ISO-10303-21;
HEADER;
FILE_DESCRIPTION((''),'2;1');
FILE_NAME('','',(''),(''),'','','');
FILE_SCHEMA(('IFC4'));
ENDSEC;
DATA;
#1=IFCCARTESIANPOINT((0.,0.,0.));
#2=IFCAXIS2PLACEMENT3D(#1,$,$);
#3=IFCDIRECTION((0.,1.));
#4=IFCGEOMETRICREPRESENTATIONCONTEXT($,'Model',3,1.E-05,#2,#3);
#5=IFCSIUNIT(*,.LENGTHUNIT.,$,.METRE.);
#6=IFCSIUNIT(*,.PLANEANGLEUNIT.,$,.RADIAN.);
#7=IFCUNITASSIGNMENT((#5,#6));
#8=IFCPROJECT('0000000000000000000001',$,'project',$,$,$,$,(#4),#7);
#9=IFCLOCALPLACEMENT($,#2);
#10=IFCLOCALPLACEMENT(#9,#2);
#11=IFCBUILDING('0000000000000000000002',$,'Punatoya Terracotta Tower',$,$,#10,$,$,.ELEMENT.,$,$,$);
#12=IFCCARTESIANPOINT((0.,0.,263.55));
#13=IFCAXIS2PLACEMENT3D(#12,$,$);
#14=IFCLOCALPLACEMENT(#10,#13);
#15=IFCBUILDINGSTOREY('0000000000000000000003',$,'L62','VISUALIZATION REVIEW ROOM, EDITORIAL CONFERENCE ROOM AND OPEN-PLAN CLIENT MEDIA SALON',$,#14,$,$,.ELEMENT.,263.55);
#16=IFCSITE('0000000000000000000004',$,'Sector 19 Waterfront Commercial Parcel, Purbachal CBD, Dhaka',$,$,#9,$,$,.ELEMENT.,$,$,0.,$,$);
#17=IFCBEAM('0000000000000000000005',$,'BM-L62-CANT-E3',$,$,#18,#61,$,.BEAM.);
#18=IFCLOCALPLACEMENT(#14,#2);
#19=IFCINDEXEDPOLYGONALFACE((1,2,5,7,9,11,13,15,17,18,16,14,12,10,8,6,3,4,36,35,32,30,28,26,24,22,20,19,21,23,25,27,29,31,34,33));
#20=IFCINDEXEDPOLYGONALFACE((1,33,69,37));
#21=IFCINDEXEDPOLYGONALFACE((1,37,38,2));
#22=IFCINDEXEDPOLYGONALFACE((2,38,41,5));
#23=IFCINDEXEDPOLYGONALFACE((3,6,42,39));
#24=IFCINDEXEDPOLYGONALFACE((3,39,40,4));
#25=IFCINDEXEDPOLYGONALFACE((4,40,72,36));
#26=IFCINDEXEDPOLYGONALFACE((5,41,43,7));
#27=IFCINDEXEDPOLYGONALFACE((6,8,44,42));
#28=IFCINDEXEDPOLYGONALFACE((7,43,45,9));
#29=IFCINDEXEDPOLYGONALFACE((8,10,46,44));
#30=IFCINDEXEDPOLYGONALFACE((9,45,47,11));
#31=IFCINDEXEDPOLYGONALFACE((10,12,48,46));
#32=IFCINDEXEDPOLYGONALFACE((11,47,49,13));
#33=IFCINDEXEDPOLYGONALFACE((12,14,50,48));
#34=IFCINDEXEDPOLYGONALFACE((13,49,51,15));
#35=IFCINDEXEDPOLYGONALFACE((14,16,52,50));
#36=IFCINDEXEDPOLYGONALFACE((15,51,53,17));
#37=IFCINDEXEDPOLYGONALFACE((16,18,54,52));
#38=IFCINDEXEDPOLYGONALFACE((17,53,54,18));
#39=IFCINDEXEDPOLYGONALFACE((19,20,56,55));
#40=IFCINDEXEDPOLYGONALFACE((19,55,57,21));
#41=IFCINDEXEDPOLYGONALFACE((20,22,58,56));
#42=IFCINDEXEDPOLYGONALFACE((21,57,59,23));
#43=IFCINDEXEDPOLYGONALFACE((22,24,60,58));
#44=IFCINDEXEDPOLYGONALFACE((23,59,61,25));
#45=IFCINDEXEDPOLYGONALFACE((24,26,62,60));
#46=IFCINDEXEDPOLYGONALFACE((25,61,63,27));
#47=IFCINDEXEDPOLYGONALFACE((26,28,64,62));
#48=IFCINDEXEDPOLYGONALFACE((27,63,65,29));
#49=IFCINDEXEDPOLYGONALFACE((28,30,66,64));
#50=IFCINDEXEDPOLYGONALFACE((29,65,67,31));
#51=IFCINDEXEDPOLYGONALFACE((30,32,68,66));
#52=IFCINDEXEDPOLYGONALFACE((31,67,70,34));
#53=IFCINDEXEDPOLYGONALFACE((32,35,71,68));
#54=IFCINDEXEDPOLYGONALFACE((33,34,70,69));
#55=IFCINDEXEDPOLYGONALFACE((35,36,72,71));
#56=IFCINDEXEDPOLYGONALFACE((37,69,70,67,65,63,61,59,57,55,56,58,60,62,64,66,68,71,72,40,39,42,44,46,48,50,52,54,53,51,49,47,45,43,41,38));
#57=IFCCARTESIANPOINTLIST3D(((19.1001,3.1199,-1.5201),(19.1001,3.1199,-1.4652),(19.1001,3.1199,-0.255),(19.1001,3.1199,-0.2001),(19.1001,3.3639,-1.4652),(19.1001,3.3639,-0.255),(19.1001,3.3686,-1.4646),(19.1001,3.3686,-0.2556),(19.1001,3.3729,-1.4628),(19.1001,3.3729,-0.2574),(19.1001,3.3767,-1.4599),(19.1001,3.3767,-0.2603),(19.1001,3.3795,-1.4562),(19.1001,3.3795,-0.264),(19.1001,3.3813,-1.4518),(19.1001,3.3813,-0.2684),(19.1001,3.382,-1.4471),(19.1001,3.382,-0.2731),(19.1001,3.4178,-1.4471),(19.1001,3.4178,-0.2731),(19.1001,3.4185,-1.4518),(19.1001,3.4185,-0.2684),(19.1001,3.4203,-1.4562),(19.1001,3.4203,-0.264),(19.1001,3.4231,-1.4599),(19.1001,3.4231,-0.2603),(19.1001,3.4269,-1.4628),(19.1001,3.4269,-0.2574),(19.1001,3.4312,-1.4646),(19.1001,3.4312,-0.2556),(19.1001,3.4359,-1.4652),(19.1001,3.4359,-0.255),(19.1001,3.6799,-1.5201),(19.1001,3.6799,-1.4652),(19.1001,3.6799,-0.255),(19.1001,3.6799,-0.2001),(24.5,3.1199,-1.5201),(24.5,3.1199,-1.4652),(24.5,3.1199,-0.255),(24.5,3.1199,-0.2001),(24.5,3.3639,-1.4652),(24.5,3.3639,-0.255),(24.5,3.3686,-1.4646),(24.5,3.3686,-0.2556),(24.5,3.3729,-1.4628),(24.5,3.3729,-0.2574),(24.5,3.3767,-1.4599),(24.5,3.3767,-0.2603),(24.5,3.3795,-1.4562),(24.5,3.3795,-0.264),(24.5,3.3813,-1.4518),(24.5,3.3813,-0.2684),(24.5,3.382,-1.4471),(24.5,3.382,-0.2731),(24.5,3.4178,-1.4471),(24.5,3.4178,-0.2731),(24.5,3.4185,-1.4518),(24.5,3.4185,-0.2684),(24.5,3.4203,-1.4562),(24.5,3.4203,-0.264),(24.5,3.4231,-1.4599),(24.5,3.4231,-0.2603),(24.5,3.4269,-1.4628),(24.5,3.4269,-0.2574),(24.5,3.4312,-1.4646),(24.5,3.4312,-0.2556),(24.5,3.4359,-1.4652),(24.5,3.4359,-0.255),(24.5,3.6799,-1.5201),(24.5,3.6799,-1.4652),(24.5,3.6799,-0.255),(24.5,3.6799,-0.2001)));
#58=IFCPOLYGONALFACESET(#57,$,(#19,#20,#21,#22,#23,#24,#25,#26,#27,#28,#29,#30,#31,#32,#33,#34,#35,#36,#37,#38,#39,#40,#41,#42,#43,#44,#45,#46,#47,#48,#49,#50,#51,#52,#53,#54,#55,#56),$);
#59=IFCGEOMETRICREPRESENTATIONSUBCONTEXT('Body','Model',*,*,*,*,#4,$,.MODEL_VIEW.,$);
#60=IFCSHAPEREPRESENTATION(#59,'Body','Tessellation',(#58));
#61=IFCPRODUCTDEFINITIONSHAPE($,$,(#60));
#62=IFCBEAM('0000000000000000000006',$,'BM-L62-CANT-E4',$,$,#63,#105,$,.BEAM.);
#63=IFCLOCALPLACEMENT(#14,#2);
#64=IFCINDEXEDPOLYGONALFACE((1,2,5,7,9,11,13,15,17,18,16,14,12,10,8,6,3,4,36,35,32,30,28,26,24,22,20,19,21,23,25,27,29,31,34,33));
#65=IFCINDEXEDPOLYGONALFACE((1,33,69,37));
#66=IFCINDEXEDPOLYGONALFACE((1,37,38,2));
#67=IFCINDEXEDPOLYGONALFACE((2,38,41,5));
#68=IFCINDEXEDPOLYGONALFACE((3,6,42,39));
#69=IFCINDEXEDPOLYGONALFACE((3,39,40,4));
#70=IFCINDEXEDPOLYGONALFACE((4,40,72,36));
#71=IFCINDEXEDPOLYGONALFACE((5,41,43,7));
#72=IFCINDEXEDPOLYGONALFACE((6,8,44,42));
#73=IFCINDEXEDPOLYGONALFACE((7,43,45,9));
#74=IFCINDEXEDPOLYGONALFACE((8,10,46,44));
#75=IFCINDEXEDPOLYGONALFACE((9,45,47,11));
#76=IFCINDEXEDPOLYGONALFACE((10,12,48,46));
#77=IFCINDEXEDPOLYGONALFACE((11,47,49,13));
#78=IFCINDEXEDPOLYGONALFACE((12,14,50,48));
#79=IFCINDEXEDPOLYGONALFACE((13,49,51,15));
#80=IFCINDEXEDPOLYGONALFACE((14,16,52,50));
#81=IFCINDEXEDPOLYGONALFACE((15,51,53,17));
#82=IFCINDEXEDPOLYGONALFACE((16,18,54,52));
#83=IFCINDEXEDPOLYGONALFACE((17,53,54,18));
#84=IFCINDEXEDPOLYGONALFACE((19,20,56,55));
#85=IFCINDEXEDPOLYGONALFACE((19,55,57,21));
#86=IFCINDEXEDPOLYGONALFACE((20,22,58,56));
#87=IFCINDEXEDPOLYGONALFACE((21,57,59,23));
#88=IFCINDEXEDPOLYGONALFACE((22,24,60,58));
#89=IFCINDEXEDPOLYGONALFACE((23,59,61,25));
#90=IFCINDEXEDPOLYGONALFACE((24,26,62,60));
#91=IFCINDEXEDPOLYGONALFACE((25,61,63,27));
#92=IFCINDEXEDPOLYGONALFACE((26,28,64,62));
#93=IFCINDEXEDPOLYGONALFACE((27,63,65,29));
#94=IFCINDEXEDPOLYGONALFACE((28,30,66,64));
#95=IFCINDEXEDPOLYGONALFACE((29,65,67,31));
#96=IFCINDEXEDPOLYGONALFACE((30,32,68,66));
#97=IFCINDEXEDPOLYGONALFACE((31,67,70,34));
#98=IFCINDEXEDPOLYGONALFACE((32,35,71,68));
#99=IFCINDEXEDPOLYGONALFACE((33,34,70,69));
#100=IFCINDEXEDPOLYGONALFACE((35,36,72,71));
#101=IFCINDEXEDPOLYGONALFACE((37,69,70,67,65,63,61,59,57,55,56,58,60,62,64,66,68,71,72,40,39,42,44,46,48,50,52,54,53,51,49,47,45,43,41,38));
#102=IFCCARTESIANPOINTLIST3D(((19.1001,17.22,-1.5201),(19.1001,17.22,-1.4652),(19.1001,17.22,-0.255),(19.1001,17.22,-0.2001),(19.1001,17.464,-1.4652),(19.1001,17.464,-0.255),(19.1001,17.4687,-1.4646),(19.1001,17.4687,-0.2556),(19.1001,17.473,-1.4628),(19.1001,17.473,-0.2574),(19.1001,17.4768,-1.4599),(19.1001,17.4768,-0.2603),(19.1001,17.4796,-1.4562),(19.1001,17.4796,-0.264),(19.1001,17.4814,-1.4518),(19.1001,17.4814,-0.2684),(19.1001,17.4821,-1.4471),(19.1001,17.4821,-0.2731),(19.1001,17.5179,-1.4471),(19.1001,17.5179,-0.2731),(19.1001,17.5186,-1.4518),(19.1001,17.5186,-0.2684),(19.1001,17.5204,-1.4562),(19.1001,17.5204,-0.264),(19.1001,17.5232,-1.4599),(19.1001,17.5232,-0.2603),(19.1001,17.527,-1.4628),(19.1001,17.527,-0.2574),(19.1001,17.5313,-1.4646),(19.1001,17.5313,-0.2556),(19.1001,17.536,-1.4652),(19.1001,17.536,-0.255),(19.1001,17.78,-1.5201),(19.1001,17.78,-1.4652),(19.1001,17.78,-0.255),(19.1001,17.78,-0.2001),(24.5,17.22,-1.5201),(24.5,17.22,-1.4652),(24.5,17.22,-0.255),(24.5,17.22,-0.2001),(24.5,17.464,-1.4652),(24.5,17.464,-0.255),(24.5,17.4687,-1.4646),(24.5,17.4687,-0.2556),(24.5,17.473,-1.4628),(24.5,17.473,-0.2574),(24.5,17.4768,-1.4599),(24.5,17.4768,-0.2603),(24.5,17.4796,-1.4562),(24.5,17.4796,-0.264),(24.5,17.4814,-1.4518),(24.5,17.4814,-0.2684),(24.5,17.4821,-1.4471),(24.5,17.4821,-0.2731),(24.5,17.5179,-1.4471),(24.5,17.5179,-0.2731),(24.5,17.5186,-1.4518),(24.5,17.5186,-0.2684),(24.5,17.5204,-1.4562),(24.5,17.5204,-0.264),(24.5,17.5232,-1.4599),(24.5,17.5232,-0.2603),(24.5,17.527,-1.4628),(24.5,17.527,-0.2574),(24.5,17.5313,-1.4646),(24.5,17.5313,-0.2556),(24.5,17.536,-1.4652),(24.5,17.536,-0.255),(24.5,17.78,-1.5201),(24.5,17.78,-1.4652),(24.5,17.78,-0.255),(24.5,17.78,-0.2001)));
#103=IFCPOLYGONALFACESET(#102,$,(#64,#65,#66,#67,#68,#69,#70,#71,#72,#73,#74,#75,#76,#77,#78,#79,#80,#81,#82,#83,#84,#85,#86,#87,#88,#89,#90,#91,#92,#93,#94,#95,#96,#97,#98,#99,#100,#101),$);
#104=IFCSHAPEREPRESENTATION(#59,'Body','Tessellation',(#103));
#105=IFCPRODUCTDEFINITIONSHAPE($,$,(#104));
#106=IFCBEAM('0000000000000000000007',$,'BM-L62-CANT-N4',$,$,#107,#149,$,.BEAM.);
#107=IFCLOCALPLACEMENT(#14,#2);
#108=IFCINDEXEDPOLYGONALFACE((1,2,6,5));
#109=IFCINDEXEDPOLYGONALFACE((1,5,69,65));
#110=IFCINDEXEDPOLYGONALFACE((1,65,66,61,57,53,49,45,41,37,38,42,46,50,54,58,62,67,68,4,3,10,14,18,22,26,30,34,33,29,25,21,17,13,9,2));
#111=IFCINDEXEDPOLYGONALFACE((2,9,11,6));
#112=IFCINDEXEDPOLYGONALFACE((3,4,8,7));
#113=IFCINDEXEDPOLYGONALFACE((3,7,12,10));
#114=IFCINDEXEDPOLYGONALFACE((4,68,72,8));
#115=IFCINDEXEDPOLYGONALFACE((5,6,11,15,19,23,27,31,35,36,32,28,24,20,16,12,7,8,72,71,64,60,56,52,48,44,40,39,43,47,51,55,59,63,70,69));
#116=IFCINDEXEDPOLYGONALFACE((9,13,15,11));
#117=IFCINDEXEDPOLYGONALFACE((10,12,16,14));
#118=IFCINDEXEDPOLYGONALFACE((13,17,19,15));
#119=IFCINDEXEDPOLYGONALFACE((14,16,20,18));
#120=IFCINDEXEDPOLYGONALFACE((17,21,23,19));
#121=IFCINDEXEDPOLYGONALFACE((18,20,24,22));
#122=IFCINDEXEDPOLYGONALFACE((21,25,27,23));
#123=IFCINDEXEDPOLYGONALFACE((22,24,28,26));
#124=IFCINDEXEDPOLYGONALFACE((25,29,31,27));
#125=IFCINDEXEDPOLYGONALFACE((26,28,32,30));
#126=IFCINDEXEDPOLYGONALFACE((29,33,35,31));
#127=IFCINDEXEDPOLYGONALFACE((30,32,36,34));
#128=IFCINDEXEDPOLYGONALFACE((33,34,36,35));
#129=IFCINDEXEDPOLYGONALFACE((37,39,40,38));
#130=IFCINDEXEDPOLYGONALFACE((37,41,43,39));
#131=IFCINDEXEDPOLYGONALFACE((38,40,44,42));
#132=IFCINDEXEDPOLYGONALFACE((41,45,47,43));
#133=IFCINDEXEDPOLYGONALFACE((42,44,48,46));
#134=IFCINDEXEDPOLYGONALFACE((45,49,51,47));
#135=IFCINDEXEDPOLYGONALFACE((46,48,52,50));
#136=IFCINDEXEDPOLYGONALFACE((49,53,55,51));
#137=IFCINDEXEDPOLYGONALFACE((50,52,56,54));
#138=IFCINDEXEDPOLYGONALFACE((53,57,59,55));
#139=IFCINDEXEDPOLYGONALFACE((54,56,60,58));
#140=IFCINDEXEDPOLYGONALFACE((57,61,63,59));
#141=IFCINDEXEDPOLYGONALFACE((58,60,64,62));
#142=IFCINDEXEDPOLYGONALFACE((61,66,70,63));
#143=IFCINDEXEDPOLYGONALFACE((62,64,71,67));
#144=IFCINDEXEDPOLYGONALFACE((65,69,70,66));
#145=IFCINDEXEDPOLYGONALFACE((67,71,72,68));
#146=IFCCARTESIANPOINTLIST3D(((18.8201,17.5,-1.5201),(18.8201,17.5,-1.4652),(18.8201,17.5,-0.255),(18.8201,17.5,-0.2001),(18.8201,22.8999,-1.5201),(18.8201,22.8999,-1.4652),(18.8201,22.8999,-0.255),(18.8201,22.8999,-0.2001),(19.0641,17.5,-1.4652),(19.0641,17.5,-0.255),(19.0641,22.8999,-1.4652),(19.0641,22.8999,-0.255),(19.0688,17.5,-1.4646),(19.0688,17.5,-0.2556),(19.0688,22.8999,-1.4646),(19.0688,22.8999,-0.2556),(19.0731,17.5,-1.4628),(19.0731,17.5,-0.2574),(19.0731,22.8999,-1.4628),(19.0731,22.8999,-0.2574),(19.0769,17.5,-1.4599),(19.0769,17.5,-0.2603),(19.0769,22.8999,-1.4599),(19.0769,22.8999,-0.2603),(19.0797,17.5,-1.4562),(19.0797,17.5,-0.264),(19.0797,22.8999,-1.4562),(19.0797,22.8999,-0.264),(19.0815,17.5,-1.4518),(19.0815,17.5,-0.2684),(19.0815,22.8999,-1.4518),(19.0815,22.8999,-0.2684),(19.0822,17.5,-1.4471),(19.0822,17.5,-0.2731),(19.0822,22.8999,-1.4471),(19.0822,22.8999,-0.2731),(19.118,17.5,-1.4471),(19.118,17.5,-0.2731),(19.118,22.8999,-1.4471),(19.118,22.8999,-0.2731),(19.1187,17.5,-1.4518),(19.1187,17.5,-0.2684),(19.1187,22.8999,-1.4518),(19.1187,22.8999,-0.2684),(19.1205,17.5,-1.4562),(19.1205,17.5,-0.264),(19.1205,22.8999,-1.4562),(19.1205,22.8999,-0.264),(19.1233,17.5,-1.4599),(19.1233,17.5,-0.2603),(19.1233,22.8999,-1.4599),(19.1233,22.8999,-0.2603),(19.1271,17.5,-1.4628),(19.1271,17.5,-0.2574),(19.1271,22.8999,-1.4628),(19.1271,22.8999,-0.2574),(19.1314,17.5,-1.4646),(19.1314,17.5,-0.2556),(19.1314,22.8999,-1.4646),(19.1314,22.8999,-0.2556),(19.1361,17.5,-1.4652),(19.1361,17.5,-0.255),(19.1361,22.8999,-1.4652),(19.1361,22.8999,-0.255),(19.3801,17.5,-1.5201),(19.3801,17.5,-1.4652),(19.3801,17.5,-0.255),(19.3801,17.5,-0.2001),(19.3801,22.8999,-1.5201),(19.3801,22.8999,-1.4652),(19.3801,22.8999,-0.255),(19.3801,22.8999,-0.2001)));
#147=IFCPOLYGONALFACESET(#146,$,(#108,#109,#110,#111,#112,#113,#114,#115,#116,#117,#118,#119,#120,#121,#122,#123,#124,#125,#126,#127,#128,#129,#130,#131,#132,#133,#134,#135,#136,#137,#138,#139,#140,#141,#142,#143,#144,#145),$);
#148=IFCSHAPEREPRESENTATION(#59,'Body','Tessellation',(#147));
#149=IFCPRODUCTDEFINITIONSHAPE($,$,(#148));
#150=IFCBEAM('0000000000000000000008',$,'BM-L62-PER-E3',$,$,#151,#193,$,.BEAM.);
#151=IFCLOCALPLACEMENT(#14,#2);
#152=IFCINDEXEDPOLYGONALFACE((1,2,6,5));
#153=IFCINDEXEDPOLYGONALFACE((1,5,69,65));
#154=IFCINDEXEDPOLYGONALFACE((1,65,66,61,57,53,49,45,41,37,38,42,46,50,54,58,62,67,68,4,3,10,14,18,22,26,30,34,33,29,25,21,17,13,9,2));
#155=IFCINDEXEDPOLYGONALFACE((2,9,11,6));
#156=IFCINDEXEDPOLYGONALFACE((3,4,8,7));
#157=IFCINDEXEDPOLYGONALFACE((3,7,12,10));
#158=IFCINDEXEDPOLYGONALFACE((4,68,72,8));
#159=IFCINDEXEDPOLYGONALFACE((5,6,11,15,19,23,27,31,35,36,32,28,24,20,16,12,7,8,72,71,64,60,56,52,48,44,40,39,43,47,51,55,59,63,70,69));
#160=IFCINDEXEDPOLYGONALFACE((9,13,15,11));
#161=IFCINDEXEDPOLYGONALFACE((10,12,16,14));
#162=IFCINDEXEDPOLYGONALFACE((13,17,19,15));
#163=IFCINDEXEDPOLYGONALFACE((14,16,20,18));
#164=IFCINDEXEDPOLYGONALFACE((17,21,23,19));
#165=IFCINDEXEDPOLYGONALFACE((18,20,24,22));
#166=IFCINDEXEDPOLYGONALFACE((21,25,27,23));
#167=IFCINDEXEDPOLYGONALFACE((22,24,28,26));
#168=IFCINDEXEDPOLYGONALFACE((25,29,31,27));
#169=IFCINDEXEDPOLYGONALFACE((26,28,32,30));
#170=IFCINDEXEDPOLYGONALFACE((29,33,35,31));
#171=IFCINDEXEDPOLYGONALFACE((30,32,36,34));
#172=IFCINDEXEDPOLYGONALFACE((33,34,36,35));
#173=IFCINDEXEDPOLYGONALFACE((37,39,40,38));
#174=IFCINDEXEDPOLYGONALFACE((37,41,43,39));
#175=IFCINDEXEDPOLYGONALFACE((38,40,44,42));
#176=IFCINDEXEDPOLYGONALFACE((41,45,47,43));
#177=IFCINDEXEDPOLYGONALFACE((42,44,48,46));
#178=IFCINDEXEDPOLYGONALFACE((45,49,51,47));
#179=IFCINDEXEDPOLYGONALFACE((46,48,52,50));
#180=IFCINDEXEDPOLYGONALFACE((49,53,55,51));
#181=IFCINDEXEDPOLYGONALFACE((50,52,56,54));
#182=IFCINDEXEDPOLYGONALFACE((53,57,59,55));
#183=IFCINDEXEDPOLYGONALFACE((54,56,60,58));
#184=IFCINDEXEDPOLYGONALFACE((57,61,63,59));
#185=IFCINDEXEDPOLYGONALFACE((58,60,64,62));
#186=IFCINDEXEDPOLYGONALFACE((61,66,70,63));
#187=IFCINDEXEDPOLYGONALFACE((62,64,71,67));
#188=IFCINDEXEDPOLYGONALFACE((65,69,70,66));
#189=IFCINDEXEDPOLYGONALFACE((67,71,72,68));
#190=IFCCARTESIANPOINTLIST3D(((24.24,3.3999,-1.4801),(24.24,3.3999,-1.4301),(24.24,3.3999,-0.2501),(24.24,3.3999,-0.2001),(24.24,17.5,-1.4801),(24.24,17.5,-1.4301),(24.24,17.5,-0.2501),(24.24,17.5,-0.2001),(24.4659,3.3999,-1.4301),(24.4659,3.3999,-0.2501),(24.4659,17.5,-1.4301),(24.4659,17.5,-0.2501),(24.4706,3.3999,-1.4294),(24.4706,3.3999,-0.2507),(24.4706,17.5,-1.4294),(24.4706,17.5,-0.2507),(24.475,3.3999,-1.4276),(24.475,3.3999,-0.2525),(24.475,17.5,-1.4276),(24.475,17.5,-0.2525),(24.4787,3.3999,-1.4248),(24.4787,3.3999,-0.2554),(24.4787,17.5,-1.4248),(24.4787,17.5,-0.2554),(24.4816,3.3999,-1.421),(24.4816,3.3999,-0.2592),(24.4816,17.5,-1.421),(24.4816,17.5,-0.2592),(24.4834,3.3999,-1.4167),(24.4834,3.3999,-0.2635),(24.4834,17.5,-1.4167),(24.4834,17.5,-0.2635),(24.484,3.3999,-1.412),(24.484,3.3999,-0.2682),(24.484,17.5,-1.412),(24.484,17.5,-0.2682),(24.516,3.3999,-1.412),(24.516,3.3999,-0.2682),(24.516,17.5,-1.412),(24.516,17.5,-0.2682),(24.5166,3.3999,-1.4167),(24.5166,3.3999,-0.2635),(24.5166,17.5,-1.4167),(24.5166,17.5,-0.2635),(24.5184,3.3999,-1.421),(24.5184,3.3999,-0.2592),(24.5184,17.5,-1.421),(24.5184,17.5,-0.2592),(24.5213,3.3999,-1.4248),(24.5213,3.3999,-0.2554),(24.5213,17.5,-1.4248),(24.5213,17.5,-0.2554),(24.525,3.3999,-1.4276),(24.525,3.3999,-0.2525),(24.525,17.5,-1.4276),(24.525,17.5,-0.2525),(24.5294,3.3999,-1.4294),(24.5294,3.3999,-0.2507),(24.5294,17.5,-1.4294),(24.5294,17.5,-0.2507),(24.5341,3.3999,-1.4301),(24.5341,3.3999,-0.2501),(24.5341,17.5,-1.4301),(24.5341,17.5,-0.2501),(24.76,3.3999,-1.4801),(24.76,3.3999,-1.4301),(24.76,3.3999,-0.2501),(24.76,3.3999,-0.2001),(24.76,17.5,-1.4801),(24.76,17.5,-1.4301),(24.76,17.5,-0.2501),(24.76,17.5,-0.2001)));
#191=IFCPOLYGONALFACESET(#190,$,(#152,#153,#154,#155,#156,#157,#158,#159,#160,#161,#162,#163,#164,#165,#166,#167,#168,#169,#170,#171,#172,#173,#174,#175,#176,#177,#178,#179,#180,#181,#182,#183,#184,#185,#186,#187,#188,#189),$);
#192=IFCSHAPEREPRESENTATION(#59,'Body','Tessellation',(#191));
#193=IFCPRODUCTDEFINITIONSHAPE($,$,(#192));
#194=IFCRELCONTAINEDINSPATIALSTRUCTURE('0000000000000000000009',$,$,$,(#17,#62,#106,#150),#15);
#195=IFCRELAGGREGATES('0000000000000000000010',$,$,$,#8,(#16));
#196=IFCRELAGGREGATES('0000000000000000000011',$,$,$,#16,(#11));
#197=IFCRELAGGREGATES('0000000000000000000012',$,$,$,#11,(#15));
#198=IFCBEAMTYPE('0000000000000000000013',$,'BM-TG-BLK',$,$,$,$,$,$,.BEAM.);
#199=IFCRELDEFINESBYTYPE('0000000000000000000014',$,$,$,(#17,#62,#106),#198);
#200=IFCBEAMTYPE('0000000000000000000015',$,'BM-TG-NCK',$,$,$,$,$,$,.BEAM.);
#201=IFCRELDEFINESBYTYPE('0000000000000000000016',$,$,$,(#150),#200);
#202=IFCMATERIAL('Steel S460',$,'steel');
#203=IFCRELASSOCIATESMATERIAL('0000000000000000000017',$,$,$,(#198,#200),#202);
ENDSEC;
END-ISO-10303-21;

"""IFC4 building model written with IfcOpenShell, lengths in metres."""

from ifc_helpers import new_model, si_unit, direction, frame, origin, origin_2d, place, context, subcontext, project, spatial, i_section, extrude, material, material_profile, profile_set, type_object, element, save


model = new_model("IFC4")

# Units and contexts
model_context = context("Model", 3, precision=1e-05, world=origin(), true_north=direction((0.0, 1.0)))
body_context = subcontext(model_context, "Body", "Model", "MODEL_VIEW")
ifc_project = project(units=[si_unit("LENGTHUNIT", "METRE"), si_unit("PLANEANGLEUNIT", "RADIAN")], contexts=[model_context])

# Site, building, storey
site_placement = place(None, origin())
site = spatial("IfcSite", under=ifc_project, at=site_placement, Name="Sector 19 Waterfront Commercial Parcel, Purbachal CBD, Dhaka", CompositionType="ELEMENT", RefElevation=0.0)
building_placement = place(site_placement, origin())
building = spatial("IfcBuilding", under=site, at=building_placement, Name="Punatoya Terracotta Tower", CompositionType="ELEMENT")
storey_placement = place(building_placement, frame((0.0, 0.0, 263.55)))
storey = spatial("IfcBuildingStorey", under=building, at=storey_placement, Name="L62", Description="VISUALIZATION REVIEW ROOM, EDITORIAL CONFERENCE ROOM AND OPEN-PLAN CLIENT MEDIA SALON", CompositionType="ELEMENT", Elevation=263.55)

# Shared definitions
ifc_material_1 = material(Name="Steel S460", Category="steel")

# Beams
ifc_material_profile_1 = material_profile(ifc_material_1, i_section(OverallWidth=0.5601, OverallDepth=1.3201, WebThickness=0.0359, FlangeThickness=0.0549, FilletRadius=0.0181, at=origin_2d()))
ifc_profile_set_1 = profile_set([ifc_material_profile_1], Name="Steel S460")
beam_type_1 = type_object("IfcBeamType", Name="BM-TG-BLK", PredefinedType="BEAM", material=ifc_profile_set_1)
for number, where, z_axis, x_axis, name in (
    (1, (19.1001, 3.3999, -0.8601), (1.0, 0.0, 0.0), (0.0, 1.0, 0.0), "BM-L62-CANT-E3"),
    (2, (19.1001, 17.5, -0.8601), (1.0, 0.0, 0.0), (0.0, 1.0, 0.0), "BM-L62-CANT-E4"),
    (3, (19.1001, 17.5, -0.8601), (0.0, 1.0, 0.0), (-1.0, 0.0, 0.0), "BM-L62-CANT-N4"),
):
    element("IfcBeam", number, at=place(storey_placement, frame(where, z_axis=z_axis, x_axis=x_axis)), inside=storey, type_object=beam_type_1, Name=name, PredefinedType="BEAM", context=body_context, shape_type="SweptSolid", body=[
        extrude(i_section(OverallWidth=0.5601, OverallDepth=1.3201, WebThickness=0.0359, FlangeThickness=0.0549, FilletRadius=0.0181, at=origin_2d()), origin(), (0.0, 0.0, 1.0), 5.3999),
    ])
ifc_material_profile_2 = material_profile(ifc_material_1, i_section(OverallWidth=0.52, OverallDepth=1.28, WebThickness=0.032, FlangeThickness=0.05, FilletRadius=0.0181, at=origin_2d()))
ifc_profile_set_2 = profile_set([ifc_material_profile_2], Name="Steel S460")
beam_type_2 = type_object("IfcBeamType", Name="BM-TG-NCK", PredefinedType="BEAM", material=ifc_profile_set_2)
beam_1_placement = place(storey_placement, frame((24.5, 3.3999, -0.8401), z_axis=(0.0, 1.0, 0.0), x_axis=(-1.0, 0.0, 0.0)))
element("IfcBeam", 4, at=beam_1_placement, inside=storey, type_object=beam_type_2, Name="BM-L62-PER-E3", PredefinedType="BEAM", context=body_context, shape_type="SweptSolid", body=[
    extrude(i_section(OverallWidth=0.52, OverallDepth=1.28, WebThickness=0.032, FlangeThickness=0.05, FilletRadius=0.0181, at=origin_2d()), origin(), (0.0, 0.0, 1.0), 14.1001),
])

save(model, "model.ifc")
